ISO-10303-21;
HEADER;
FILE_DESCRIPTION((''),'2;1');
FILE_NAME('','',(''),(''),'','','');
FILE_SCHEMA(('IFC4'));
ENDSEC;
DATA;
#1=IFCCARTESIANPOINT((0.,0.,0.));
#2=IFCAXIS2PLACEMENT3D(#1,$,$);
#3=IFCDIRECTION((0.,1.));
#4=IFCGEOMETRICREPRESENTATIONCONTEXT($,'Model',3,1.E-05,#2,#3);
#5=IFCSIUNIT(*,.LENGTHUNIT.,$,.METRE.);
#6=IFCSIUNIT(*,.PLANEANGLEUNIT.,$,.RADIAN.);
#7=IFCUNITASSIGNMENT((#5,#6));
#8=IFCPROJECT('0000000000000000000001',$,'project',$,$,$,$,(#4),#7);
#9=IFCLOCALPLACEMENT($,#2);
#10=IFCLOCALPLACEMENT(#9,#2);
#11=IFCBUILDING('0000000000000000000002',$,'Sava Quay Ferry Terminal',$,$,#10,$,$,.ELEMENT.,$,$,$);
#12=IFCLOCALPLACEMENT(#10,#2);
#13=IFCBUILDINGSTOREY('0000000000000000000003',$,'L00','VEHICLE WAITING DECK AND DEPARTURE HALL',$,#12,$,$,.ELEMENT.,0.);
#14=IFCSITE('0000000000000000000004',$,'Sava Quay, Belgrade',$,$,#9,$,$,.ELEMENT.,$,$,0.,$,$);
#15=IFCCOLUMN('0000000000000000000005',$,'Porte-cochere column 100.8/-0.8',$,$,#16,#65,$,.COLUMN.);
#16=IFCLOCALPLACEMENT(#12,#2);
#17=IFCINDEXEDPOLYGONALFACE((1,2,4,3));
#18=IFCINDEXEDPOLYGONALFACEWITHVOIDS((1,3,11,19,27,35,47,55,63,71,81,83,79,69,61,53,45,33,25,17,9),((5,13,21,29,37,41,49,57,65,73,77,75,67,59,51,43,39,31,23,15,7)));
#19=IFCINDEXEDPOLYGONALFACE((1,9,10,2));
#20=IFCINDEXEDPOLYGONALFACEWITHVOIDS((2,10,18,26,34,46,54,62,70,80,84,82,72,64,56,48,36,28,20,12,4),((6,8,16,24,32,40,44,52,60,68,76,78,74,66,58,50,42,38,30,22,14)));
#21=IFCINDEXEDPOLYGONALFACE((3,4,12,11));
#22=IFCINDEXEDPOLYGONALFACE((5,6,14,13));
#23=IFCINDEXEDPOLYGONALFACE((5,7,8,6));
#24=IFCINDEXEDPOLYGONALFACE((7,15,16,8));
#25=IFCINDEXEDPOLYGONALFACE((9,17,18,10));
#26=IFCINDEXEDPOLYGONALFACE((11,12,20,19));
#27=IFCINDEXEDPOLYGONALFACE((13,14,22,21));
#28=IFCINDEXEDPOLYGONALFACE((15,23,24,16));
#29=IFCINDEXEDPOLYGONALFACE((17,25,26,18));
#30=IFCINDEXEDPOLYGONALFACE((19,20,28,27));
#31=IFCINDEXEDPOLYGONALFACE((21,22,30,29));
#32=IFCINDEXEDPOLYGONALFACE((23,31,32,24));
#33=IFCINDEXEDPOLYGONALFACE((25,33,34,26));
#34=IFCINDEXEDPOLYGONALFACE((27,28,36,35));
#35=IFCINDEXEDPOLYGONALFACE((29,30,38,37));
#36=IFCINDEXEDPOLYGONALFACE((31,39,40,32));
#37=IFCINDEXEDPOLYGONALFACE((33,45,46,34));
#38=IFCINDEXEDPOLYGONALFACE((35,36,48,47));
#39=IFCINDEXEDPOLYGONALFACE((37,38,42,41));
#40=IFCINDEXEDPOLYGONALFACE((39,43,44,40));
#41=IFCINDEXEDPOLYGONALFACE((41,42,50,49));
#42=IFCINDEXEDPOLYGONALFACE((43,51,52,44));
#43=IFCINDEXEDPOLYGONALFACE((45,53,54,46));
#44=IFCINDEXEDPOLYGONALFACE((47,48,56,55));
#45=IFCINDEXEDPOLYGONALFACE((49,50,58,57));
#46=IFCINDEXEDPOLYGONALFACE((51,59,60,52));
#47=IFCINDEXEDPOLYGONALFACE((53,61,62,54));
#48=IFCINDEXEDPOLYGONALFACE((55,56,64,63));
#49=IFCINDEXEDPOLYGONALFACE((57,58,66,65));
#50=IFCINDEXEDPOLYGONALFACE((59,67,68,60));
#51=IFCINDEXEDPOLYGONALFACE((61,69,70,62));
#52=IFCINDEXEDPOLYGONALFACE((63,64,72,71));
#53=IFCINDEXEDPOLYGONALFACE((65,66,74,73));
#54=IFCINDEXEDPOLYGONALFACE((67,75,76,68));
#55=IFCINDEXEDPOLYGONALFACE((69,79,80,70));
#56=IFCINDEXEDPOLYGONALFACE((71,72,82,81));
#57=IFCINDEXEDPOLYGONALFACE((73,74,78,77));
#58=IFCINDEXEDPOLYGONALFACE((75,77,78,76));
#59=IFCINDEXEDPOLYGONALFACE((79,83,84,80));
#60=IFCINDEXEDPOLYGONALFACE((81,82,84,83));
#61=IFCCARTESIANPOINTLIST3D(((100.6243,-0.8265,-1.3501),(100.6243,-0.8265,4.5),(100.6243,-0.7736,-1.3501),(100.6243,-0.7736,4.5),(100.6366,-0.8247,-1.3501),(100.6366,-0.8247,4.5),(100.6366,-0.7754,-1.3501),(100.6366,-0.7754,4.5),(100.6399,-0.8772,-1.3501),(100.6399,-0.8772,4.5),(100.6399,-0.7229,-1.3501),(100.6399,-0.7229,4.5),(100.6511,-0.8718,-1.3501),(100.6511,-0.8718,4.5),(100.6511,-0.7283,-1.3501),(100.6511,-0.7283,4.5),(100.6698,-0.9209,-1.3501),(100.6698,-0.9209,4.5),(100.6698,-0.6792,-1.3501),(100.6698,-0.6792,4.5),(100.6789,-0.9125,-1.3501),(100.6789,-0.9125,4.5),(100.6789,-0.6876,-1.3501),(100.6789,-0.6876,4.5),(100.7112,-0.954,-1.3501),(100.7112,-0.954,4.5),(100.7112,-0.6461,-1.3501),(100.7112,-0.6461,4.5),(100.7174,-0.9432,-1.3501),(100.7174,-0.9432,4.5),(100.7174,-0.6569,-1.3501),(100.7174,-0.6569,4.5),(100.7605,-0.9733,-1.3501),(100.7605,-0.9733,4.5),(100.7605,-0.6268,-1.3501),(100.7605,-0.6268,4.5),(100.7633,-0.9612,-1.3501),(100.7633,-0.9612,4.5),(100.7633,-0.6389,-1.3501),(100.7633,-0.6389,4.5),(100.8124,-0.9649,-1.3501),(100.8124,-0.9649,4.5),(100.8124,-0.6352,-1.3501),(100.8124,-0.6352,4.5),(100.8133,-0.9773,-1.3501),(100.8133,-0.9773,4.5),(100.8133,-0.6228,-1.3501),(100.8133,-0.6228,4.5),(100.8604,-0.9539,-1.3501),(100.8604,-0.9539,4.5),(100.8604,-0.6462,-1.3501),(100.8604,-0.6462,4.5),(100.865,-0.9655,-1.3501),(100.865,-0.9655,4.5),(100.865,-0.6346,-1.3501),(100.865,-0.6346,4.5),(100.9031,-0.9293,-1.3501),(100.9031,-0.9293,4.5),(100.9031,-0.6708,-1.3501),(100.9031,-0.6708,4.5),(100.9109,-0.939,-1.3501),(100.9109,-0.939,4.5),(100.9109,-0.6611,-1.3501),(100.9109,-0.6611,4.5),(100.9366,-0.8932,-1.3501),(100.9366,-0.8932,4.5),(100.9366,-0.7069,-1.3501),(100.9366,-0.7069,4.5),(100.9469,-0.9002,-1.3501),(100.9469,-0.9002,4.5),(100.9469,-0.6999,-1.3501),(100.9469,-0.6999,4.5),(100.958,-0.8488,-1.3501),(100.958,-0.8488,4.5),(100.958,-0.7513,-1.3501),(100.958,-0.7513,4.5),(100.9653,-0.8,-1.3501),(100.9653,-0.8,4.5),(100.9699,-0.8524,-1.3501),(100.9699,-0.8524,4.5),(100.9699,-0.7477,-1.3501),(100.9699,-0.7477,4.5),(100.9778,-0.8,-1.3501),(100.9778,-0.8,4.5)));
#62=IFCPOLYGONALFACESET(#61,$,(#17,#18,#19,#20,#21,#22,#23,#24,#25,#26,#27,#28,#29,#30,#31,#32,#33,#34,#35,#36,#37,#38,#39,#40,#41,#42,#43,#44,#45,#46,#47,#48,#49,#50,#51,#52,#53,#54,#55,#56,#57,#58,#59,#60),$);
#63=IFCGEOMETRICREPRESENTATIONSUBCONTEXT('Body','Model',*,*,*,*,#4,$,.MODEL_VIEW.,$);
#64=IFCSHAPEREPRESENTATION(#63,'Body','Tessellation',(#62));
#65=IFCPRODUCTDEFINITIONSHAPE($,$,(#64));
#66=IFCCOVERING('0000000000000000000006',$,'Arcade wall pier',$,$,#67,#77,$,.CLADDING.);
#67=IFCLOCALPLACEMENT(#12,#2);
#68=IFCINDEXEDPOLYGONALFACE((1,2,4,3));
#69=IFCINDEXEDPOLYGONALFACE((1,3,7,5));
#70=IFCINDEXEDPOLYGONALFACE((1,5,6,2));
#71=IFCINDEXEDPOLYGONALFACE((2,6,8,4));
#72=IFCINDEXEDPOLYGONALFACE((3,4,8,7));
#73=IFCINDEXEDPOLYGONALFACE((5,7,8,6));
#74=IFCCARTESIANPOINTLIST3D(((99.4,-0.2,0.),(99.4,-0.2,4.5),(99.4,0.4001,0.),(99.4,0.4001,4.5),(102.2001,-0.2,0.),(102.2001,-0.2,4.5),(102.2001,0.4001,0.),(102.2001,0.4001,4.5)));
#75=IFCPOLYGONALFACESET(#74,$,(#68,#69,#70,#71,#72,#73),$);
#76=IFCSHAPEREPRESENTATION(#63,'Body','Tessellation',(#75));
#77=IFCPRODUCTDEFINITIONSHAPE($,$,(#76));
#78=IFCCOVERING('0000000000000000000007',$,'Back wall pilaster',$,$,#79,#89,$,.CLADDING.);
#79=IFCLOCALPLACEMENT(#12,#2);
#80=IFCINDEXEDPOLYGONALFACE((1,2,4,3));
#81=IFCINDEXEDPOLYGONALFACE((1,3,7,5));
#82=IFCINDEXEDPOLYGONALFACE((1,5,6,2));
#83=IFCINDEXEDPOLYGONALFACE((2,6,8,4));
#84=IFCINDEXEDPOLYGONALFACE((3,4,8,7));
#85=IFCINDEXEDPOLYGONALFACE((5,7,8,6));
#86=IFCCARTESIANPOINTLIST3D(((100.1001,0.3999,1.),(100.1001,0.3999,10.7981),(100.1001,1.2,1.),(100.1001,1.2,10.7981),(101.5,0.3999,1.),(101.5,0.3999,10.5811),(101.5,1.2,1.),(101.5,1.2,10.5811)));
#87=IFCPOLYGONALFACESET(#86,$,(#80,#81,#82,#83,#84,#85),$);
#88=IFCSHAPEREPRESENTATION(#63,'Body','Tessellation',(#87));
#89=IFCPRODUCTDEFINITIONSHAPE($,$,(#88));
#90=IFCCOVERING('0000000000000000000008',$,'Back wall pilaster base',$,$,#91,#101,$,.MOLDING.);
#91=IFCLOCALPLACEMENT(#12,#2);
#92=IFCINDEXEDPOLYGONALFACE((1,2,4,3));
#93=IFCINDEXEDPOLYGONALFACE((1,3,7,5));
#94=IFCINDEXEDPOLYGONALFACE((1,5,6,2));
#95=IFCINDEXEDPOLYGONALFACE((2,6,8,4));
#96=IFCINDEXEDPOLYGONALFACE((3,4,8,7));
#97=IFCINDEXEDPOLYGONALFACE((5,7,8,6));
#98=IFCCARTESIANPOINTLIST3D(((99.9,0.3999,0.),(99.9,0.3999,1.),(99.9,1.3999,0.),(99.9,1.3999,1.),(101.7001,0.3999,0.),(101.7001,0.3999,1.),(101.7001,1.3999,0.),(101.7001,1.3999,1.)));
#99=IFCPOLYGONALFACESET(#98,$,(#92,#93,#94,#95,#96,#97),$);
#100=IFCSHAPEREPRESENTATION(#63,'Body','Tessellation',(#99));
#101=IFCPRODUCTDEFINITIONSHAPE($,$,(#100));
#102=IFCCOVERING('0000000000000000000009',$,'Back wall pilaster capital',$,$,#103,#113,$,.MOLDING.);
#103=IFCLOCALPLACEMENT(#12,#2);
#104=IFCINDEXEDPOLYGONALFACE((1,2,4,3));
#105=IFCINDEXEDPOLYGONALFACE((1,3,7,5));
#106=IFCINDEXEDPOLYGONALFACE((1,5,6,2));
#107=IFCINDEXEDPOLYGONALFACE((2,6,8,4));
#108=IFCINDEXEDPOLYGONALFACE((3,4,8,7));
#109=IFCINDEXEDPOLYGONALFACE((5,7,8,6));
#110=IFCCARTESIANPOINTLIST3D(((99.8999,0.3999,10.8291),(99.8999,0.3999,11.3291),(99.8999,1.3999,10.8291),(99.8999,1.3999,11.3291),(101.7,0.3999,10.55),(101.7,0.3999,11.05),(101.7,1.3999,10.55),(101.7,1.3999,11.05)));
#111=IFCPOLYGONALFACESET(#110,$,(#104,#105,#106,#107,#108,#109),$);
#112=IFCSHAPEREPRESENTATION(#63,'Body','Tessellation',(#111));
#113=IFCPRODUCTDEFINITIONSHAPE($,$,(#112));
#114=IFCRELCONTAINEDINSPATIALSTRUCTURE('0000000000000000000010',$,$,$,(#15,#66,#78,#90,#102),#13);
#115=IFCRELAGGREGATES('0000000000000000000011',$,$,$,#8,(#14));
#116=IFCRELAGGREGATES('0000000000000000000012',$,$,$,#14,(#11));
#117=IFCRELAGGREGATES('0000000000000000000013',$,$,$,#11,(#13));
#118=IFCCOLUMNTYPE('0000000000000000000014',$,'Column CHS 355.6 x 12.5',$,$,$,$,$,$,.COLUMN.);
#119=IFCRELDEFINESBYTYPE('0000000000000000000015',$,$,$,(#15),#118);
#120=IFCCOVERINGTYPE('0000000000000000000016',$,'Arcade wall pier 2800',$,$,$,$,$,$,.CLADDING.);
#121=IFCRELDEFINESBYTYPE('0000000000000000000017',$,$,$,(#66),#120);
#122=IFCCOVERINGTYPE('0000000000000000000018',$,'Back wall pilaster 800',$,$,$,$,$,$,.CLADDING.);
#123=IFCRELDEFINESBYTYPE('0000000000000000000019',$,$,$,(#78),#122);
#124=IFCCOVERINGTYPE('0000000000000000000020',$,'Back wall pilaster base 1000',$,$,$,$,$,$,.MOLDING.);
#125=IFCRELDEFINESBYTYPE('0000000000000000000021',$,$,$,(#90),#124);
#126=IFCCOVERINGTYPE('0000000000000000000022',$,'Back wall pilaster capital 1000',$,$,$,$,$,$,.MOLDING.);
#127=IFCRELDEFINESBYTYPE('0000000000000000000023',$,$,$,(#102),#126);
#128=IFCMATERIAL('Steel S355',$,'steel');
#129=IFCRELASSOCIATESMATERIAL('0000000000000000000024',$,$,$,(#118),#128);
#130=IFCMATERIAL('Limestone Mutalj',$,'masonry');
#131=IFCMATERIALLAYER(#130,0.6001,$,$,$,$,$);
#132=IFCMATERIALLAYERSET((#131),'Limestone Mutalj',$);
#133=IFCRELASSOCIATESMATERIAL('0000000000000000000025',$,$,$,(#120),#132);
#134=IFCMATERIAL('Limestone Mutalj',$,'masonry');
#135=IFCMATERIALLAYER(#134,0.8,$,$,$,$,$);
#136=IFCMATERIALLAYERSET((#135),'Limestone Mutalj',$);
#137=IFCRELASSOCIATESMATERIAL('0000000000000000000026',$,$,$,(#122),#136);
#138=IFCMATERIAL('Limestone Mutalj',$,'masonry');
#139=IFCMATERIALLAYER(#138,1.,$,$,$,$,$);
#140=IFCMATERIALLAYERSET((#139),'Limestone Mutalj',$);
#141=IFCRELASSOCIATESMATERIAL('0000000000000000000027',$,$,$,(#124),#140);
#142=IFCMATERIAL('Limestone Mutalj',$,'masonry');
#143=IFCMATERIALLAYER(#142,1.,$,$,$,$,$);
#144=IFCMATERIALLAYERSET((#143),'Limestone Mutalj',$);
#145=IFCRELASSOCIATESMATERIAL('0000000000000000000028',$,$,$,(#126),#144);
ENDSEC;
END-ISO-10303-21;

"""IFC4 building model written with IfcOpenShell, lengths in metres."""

from ifc_helpers import new_model, si_unit, direction, frame, origin, origin_2d, place, context, subcontext, project, spatial, polyline, rectangle, hollow_circle, outline, extrude, material, layer, layer_set, material_profile, profile_set, type_object, element, save


model = new_model("IFC4")

# Units and contexts
model_context = context("Model", 3, precision=1e-05, world=origin(), true_north=direction((0.0, 1.0)))
body_context = subcontext(model_context, "Body", "Model", "MODEL_VIEW")
ifc_project = project(units=[si_unit("LENGTHUNIT", "METRE"), si_unit("PLANEANGLEUNIT", "RADIAN")], contexts=[model_context])

# Site, building, storey
site_placement = place(None, origin())
site = spatial("IfcSite", under=ifc_project, at=site_placement, Name="Sava Quay, Belgrade", CompositionType="ELEMENT", RefElevation=0.0)
building_placement = place(site_placement, origin())
building = spatial("IfcBuilding", under=site, at=building_placement, Name="Sava Quay Ferry Terminal", CompositionType="ELEMENT")
storey_placement = place(building_placement, origin())
storey = spatial("IfcBuildingStorey", under=building, at=storey_placement, Name="L00", Description="VEHICLE WAITING DECK AND DEPARTURE HALL", CompositionType="ELEMENT", Elevation=0.0)

# Column
ifc_material_1 = material(Name="Steel S355", Category="steel")
ifc_material_profile_1 = material_profile(ifc_material_1, hollow_circle(Radius=0.1777, WallThickness=0.0125, at=origin_2d()), Name="CHS 355.6 x 12.5")
ifc_profile_set_1 = profile_set([ifc_material_profile_1], Name="Steel S355")
column_type = type_object("IfcColumnType", Name="Column CHS 355.6 x 12.5", PredefinedType="COLUMN", material=ifc_profile_set_1)
for number, where, z_axis, x_axis, name in (
    (1, (100.8, -0.8, -1.3501), (0.0, 0.0, 1.0), (1.0, 0.0, 0.0), "Porte-cochere column 100.8/-0.8"),
):
    element("IfcColumn", number, at=place(storey_placement, frame(where, z_axis=z_axis, x_axis=x_axis)), inside=storey, type_object=column_type, Name=name, PredefinedType="COLUMN", context=body_context, shape_type="SweptSolid", body=[
        extrude(hollow_circle(Radius=0.1777, WallThickness=0.0125, at=origin_2d()), origin(), (0.0, 0.0, 1.0), 5.8501),
    ])

# Coverings
ifc_material_2 = material(Name="Limestone Mutalj", Category="masonry")
ifc_layer_1 = layer(ifc_material_2, 0.6001)
ifc_layer_set_1 = layer_set([ifc_layer_1], Name="Limestone Mutalj")
covering_type_1 = type_object("IfcCoveringType", Name="Arcade wall pier 2800", PredefinedType="CLADDING", material=ifc_layer_set_1)
covering_1_placement = place(storey_placement, frame((100.8, 0.1001, 0.0), z_axis=(0.0, 0.0, 1.0), x_axis=(1.0, 0.0, 0.0)))
element("IfcCovering", 2, at=covering_1_placement, inside=storey, type_object=covering_type_1, Name="Arcade wall pier", PredefinedType="CLADDING", context=body_context, shape_type="SweptSolid", body=[
    extrude(rectangle(XDim=2.8, YDim=0.6001, at=origin_2d()), origin(), (0.0, 0.0, 1.0), 4.5),
])
ifc_material_3 = material(Name="Limestone Mutalj", Category="masonry")
ifc_layer_2 = layer(ifc_material_3, 0.8)
ifc_layer_set_2 = layer_set([ifc_layer_2], Name="Limestone Mutalj")
covering_type_2 = type_object("IfcCoveringType", Name="Back wall pilaster 800", PredefinedType="CLADDING", material=ifc_layer_set_2)
covering_2_placement = place(storey_placement, frame((100.1001, 0.3999, 1.0), z_axis=(0.0, -1.0, 0.0), x_axis=(1.0, 0.0, 0.0)))
element("IfcCovering", 3, at=covering_2_placement, inside=storey, type_object=covering_type_2, Name="Back wall pilaster", PredefinedType="CLADDING", context=body_context, shape_type="SweptSolid", body=[
    extrude(outline(polyline([(0.0, 0.0), (1.3999, 0.0), (1.3999, 9.5811), (0.0, 9.7981), (0.0, 0.0)])), origin(), (0.0, 0.0, -1.0), 0.8),
])
ifc_material_4 = material(Name="Limestone Mutalj", Category="masonry")
ifc_layer_3 = layer(ifc_material_4, 1.0)
ifc_layer_set_3 = layer_set([ifc_layer_3], Name="Limestone Mutalj")
covering_type_3 = type_object("IfcCoveringType", Name="Back wall pilaster base 1000", PredefinedType="MOLDING", material=ifc_layer_set_3)
covering_3_placement = place(storey_placement, frame((100.8, 0.8999, 0.0), z_axis=(0.0, 0.0, 1.0), x_axis=(1.0, 0.0, 0.0)))
element("IfcCovering", 4, at=covering_3_placement, inside=storey, type_object=covering_type_3, Name="Back wall pilaster base", PredefinedType="MOLDING", context=body_context, shape_type="SweptSolid", body=[
    extrude(rectangle(XDim=1.8, YDim=1.0, at=origin_2d()), origin(), (0.0, 0.0, 1.0), 1.0),
])
ifc_material_5 = material(Name="Limestone Mutalj", Category="masonry")
ifc_layer_4 = layer(ifc_material_5, 1.0)
ifc_layer_set_4 = layer_set([ifc_layer_4], Name="Limestone Mutalj")
covering_type_4 = type_object("IfcCoveringType", Name="Back wall pilaster capital 1000", PredefinedType="MOLDING", material=ifc_layer_set_4)
covering_4_placement = place(storey_placement, frame((99.8999, 0.3999, 10.8291), z_axis=(0.0, -1.0, 0.0), x_axis=(0.988196, 0.0, -0.153195)))
element("IfcCovering", 5, at=covering_4_placement, inside=storey, type_object=covering_type_4, Name="Back wall pilaster capital", PredefinedType="MOLDING", context=body_context, shape_type="SweptSolid", body=[
    extrude(outline(polyline([(0.0, 0.0), (1.8216, 0.0), (1.745, 0.4941), (-0.0766, 0.4941), (0.0, 0.0)])), origin(), (0.0, 0.0, -1.0), 1.0),
])

save(model, "model.ifc")
